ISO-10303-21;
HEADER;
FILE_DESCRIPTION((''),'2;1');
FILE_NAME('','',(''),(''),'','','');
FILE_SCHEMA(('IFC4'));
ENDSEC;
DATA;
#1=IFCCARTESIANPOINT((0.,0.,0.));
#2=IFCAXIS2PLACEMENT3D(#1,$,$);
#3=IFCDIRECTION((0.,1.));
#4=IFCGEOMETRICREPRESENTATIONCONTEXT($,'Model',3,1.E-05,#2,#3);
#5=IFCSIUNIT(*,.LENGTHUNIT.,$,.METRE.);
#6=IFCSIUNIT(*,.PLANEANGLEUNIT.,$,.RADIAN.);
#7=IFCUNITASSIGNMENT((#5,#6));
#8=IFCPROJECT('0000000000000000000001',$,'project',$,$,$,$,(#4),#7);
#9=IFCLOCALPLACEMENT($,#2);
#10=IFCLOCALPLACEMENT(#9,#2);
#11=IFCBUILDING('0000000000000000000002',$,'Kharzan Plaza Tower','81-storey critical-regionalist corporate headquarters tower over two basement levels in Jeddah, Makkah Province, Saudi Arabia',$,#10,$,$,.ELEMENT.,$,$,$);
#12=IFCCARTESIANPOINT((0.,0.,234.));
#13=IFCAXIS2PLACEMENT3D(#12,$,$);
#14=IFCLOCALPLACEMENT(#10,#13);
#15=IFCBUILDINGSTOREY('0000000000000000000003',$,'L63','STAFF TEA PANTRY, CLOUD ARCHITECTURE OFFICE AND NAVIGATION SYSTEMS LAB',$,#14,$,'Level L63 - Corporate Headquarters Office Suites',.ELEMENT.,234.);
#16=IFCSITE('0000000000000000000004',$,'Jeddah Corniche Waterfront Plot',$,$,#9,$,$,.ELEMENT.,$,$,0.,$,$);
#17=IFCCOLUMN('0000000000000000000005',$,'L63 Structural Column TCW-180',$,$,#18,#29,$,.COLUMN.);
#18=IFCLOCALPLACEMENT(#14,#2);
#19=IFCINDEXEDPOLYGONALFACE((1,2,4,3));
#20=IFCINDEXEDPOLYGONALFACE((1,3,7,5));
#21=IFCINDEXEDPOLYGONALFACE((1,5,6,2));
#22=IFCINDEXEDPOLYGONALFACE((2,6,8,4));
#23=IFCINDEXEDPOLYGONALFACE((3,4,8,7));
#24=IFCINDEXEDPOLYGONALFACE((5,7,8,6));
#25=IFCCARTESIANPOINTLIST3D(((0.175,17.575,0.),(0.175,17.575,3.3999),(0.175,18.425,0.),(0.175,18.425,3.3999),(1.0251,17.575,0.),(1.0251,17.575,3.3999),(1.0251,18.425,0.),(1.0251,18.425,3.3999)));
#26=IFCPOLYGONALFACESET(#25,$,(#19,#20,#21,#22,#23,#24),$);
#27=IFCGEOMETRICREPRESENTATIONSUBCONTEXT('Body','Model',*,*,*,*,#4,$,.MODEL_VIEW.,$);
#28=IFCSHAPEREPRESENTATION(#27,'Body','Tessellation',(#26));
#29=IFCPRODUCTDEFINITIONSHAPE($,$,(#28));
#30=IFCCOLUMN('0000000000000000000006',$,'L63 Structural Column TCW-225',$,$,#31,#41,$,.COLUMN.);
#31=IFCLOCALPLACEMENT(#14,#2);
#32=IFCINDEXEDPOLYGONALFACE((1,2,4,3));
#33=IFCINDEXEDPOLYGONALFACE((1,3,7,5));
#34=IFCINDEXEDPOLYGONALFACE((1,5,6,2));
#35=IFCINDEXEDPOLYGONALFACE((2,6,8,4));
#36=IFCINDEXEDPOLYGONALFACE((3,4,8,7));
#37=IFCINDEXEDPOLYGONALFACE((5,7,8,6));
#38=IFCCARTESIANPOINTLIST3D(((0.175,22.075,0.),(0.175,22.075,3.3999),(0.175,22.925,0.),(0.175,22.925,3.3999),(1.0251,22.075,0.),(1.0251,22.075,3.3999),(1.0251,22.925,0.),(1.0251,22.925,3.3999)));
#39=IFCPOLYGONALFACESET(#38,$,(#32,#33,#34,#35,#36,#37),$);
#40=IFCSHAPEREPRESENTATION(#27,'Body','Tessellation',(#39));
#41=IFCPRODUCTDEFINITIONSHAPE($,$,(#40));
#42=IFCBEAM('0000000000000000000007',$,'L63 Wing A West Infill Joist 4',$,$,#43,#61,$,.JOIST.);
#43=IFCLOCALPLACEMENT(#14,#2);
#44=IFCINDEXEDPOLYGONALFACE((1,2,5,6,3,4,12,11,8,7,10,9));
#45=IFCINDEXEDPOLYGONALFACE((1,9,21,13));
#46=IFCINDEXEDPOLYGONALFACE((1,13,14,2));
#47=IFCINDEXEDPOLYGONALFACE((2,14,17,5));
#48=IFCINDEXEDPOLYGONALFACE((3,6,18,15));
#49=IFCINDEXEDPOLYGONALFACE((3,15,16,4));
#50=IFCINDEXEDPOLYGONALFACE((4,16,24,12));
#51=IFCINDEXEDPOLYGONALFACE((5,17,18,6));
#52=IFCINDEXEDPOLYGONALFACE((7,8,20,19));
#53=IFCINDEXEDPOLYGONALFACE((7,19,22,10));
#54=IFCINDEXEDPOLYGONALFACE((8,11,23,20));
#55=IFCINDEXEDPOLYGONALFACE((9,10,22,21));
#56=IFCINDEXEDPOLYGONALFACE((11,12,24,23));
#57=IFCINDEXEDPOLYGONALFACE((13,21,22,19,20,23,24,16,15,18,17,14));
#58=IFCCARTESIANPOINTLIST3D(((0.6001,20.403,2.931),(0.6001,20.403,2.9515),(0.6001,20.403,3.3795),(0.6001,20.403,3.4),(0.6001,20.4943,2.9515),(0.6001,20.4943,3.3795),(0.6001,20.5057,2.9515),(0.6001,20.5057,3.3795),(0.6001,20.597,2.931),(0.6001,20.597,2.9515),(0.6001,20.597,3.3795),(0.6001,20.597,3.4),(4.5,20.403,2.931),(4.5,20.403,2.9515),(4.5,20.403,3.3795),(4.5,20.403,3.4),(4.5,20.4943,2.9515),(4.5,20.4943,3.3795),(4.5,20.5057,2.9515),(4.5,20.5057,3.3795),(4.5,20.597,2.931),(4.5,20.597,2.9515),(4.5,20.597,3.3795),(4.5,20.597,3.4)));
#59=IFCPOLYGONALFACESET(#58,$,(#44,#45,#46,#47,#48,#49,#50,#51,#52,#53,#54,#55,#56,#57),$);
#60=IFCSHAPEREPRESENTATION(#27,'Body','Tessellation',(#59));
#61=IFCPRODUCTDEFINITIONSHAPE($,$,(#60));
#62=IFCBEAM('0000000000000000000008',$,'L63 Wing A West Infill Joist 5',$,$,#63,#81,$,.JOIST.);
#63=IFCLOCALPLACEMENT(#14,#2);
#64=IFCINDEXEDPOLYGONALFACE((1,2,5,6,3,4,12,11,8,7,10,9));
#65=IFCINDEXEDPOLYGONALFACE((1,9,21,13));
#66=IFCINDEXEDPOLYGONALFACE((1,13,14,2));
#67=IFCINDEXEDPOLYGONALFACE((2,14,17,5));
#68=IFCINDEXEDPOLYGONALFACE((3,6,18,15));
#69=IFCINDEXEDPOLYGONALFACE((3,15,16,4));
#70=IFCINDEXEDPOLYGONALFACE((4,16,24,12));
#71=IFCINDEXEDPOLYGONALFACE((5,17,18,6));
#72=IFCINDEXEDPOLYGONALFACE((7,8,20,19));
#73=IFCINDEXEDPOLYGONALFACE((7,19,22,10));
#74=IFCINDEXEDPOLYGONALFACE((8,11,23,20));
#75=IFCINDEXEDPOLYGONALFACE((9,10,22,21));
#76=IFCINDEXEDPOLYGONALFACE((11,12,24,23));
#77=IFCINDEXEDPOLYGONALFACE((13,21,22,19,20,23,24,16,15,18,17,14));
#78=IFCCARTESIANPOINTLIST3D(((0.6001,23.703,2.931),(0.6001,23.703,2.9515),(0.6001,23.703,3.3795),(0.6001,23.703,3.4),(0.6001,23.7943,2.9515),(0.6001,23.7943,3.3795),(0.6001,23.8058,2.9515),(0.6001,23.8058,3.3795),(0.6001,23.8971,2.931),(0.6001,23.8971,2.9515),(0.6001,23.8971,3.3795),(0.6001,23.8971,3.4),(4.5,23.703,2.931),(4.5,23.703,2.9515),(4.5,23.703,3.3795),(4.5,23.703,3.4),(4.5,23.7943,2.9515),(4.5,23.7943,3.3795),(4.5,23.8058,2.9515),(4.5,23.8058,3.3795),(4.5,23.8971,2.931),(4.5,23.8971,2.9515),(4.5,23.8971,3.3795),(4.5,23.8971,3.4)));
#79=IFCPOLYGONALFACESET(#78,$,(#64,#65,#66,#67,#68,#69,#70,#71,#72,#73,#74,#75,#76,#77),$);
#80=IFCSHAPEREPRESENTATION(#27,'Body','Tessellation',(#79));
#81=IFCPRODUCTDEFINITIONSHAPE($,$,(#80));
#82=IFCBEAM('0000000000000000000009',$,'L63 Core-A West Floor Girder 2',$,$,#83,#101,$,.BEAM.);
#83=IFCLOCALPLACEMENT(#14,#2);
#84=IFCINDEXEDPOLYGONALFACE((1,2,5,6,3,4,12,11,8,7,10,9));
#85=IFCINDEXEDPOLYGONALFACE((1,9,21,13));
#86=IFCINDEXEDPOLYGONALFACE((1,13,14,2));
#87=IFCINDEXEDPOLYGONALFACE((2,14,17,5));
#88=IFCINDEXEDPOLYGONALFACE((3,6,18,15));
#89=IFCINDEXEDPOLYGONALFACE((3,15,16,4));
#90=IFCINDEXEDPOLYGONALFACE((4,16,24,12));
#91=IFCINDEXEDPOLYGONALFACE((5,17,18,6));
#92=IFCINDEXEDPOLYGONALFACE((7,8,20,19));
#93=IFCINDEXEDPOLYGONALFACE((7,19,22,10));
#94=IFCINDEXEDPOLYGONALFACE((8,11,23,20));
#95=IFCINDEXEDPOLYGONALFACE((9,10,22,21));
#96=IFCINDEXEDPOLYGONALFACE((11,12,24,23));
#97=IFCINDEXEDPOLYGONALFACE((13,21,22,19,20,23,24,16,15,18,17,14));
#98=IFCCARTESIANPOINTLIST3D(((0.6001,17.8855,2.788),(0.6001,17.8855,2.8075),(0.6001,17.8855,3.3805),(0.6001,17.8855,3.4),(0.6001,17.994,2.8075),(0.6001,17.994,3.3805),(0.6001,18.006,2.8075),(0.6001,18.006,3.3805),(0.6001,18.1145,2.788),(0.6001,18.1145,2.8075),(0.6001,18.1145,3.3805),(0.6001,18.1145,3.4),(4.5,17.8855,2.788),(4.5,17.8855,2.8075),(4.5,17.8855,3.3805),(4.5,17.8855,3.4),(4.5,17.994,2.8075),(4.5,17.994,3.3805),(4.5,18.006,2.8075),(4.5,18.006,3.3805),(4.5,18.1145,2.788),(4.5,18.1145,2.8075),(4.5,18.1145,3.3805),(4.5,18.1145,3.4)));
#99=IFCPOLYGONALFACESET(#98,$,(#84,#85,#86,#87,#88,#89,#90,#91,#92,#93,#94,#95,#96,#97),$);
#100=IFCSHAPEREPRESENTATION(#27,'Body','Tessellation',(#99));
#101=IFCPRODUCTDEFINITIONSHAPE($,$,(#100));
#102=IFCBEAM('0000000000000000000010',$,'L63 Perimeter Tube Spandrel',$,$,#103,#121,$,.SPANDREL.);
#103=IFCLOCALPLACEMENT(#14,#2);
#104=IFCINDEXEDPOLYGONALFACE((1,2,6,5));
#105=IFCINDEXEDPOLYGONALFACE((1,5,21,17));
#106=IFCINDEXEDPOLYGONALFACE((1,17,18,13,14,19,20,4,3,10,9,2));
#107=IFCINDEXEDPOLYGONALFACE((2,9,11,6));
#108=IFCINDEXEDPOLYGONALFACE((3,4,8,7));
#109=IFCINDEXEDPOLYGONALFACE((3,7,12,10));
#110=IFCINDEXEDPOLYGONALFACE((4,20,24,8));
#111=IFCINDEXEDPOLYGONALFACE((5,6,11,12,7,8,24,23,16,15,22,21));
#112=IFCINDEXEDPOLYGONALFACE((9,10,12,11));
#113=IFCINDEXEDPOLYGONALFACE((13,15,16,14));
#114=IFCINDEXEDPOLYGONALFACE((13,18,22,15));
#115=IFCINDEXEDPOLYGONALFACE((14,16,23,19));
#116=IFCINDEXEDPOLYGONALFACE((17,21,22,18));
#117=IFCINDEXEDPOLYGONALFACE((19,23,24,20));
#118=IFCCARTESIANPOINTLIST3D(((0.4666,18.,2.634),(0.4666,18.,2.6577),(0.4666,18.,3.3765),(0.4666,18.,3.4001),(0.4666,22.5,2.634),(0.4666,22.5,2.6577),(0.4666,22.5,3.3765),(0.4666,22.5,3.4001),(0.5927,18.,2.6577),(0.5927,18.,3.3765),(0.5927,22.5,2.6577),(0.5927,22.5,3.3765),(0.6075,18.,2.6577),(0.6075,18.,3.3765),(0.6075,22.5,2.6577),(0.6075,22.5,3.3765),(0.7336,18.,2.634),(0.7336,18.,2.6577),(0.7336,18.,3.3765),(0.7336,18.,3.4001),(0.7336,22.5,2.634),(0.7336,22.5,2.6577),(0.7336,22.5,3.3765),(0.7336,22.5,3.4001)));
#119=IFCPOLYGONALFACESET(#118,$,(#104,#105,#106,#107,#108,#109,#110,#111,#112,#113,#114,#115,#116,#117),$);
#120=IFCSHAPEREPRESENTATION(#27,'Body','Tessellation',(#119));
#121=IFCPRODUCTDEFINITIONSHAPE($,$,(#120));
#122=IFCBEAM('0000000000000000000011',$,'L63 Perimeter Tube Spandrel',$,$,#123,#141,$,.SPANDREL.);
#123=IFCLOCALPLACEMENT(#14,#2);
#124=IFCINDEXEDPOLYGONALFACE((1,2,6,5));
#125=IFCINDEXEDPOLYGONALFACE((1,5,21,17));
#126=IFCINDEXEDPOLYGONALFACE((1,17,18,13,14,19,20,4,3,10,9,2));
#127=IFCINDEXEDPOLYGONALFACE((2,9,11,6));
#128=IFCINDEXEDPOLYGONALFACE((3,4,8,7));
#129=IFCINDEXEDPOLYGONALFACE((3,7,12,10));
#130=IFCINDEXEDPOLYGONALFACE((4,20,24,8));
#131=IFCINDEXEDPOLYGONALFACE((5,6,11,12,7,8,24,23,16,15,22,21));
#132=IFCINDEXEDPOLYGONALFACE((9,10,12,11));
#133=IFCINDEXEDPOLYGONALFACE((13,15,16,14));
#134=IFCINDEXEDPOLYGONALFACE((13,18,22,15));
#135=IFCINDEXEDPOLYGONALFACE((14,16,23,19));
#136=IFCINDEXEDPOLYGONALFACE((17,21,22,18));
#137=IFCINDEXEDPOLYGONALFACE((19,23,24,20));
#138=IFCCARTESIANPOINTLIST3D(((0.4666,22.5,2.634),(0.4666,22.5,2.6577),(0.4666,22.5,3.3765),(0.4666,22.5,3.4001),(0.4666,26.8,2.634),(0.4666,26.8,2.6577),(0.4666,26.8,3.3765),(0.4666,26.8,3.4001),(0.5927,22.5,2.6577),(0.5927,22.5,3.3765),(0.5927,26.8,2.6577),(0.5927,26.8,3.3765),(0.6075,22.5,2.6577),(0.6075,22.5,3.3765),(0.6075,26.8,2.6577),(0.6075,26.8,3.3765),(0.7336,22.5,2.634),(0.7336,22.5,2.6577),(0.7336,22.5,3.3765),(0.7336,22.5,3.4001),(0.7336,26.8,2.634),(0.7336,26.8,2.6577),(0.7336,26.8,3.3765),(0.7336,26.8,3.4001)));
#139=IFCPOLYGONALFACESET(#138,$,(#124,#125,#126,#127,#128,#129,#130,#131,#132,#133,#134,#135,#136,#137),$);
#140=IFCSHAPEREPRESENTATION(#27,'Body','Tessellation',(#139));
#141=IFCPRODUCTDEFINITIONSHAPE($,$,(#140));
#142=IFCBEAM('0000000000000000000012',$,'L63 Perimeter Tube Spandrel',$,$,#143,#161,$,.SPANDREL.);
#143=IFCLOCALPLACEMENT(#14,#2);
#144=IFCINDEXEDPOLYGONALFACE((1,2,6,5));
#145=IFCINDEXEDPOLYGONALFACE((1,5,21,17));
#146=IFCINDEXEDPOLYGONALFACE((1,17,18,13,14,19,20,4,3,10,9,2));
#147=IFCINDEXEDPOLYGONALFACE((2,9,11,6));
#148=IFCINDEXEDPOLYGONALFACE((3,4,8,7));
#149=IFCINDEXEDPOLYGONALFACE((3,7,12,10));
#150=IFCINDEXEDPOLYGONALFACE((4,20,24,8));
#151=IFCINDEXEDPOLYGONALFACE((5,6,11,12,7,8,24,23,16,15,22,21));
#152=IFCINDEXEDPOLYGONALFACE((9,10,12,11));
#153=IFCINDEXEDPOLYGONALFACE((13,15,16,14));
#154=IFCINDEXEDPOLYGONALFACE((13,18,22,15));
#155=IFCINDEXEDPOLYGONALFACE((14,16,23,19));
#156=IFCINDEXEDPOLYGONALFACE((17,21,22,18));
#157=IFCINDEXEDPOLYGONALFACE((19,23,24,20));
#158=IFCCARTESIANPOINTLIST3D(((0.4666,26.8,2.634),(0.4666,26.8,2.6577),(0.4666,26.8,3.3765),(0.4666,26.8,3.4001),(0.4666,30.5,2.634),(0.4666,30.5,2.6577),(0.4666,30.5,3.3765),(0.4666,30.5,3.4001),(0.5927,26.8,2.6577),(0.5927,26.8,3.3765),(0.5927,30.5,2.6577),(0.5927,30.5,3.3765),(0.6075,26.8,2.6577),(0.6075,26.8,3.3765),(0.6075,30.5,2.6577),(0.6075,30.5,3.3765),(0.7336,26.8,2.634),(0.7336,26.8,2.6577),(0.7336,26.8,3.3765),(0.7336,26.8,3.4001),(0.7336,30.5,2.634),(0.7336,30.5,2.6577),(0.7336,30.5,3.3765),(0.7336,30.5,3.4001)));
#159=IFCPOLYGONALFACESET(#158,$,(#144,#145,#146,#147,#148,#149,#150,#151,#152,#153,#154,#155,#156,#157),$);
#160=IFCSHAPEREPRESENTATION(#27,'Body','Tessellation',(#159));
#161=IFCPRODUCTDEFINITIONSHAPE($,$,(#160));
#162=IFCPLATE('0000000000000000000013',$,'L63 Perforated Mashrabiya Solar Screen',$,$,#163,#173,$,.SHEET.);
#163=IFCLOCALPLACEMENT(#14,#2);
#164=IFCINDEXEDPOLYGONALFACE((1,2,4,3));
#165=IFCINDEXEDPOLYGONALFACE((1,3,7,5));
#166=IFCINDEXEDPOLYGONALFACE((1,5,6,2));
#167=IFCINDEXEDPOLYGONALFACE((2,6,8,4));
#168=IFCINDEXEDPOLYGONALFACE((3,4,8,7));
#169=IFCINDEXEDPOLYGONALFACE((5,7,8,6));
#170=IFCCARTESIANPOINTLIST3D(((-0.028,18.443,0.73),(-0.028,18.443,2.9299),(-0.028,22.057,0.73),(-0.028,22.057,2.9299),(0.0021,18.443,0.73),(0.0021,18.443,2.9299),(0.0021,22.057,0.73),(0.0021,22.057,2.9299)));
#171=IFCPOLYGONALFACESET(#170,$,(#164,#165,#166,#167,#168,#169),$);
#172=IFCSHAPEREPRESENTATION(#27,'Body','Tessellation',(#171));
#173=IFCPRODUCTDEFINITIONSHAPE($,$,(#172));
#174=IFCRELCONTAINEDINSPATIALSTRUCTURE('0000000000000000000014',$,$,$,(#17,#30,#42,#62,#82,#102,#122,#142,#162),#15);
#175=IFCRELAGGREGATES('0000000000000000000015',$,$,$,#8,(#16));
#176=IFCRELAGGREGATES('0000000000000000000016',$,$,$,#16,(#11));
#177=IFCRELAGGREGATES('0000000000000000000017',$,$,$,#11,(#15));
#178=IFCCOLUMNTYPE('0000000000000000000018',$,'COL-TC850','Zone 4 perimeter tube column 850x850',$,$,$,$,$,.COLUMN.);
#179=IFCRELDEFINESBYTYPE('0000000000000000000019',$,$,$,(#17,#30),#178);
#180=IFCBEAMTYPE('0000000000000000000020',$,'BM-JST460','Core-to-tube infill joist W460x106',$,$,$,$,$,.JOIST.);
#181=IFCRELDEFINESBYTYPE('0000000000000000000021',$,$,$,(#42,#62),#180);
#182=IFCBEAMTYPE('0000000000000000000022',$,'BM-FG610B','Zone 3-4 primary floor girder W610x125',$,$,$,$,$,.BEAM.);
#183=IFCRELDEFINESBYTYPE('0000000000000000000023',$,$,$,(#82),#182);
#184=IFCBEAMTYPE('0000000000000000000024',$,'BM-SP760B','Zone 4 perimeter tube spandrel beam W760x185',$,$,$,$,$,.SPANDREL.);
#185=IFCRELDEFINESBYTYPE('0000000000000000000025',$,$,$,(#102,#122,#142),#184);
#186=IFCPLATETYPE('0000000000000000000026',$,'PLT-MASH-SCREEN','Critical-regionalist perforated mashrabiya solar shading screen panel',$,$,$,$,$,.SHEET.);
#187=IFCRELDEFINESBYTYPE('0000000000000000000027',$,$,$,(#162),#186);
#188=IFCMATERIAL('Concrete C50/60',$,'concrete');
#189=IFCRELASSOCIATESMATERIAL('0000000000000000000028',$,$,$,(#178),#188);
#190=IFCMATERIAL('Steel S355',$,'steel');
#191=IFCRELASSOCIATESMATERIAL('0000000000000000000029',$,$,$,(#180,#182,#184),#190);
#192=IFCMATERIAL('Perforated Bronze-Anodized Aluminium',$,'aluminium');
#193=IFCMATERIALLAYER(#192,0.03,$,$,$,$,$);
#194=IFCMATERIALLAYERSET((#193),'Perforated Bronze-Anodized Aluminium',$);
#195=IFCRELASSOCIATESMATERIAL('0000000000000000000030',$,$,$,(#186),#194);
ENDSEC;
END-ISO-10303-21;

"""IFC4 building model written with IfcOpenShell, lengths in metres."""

from ifc_helpers import new_model, si_unit, direction, frame, origin, origin_2d, place, context, subcontext, project, spatial, rectangle, i_section, extrude, source, transform, mapped, material, layer, layer_set, material_profile, profile_set, type_object, element, save


model = new_model("IFC4")

# Units and contexts
model_context = context("Model", 3, precision=1e-05, world=origin(), true_north=direction((0.0, 1.0)))
body_context = subcontext(model_context, "Body", "Model", "MODEL_VIEW")
ifc_project = project(units=[si_unit("LENGTHUNIT", "METRE"), si_unit("PLANEANGLEUNIT", "RADIAN")], contexts=[model_context])

# Site, building, storey
site_placement = place(None, origin())
site = spatial("IfcSite", under=ifc_project, at=site_placement, Name="Jeddah Corniche Waterfront Plot", CompositionType="ELEMENT", RefElevation=0.0)
building_placement = place(site_placement, origin())
building = spatial("IfcBuilding", under=site, at=building_placement, Name="Kharzan Plaza Tower", Description="81-storey critical-regionalist corporate headquarters tower over two basement levels in Jeddah, Makkah Province, Saudi Arabia", CompositionType="ELEMENT")
storey_placement = place(building_placement, frame((0.0, 0.0, 234.0)))
storey = spatial("IfcBuildingStorey", under=building, at=storey_placement, Name="L63", Description="STAFF TEA PANTRY, CLOUD ARCHITECTURE OFFICE AND NAVIGATION SYSTEMS LAB", LongName="Level L63 - Corporate Headquarters Office Suites", CompositionType="ELEMENT", Elevation=234.0)

# Columns
ifc_material_1 = material(Name="Concrete C50/60", Category="concrete")
ifc_material_profile_1 = material_profile(ifc_material_1, rectangle(XDim=0.8501, YDim=0.8501, at=origin_2d()), Name="RC-TC850x850")
ifc_profile_set_1 = profile_set([ifc_material_profile_1], Name="Concrete C50/60")
column_type = type_object("IfcColumnType", Name="COL-TC850", Description="Zone 4 perimeter tube column 850x850", PredefinedType="COLUMN", material=ifc_profile_set_1)
shared_shape_1 = source(origin(), body_context, "Body", "SweptSolid", [
    extrude(rectangle(XDim=0.8501, YDim=0.8501, at=origin_2d()), origin(), (0.0, 0.0, 1.0), 3.3999),
])
for number, where, z_axis, x_axis, name in (
    (1, (0.6001, 18.0, 0.0), (0.0, 0.0, 1.0), (1.0, 0.0, 0.0), "L63 Structural Column TCW-180"),
    (2, (0.6001, 22.5, 0.0), (0.0, 0.0, 1.0), (1.0, 0.0, 0.0), "L63 Structural Column TCW-225"),
):
    element("IfcColumn", number, at=place(storey_placement, frame(where, z_axis=z_axis, x_axis=x_axis)), inside=storey, type_object=column_type, Name=name, PredefinedType="COLUMN", context=body_context, shape_type="MappedRepresentation", body=[
        mapped(shared_shape_1, transform((0.0, 0.0, 0.0), x_axis=(1.0, 0.0, 0.0), y_axis=(0.0, 1.0, 0.0), z_axis=(0.0, 0.0, 1.0))),
    ])

# Beams
ifc_material_2 = material(Name="Steel S355", Category="steel")
ifc_material_profile_2 = material_profile(ifc_material_2, i_section(OverallWidth=0.1941, OverallDepth=0.469, WebThickness=0.0115, FlangeThickness=0.0205, at=origin_2d()), Name="W460x106")
ifc_profile_set_2 = profile_set([ifc_material_profile_2], Name="Steel S355")
beam_type_1 = type_object("IfcBeamType", Name="BM-JST460", Description="Core-to-tube infill joist W460x106", PredefinedType="JOIST", material=ifc_profile_set_2)
shared_shape_2 = source(origin(), body_context, "Body", "SweptSolid", [
    extrude(i_section(OverallWidth=0.1941, OverallDepth=0.469, WebThickness=0.0115, FlangeThickness=0.0205, at=origin_2d()), origin(), (0.0, 0.0, 1.0), 3.8999),
])
for number, where, z_axis, x_axis, name in (
    (3, (0.6001, 20.5, 3.1655), (1.0, 0.0, 0.0), (0.0, 1.0, 0.0), "L63 Wing A West Infill Joist 4"),
    (4, (0.6001, 23.8, 3.1655), (1.0, 0.0, 0.0), (0.0, 1.0, 0.0), "L63 Wing A West Infill Joist 5"),
):
    element("IfcBeam", number, at=place(storey_placement, frame(where, z_axis=z_axis, x_axis=x_axis)), inside=storey, type_object=beam_type_1, Name=name, PredefinedType="JOIST", context=body_context, shape_type="MappedRepresentation", body=[
        mapped(shared_shape_2, transform((0.0, 0.0, 0.0), x_axis=(1.0, 0.0, 0.0), y_axis=(0.0, 1.0, 0.0), z_axis=(0.0, 0.0, 1.0))),
    ])
ifc_material_profile_3 = material_profile(ifc_material_2, i_section(OverallWidth=0.229, OverallDepth=0.6121, WebThickness=0.012, FlangeThickness=0.0195, at=origin_2d()), Name="W610x125")
ifc_profile_set_3 = profile_set([ifc_material_profile_3], Name="Steel S355")
beam_type_2 = type_object("IfcBeamType", Name="BM-FG610B", Description="Zone 3-4 primary floor girder W610x125", PredefinedType="BEAM", material=ifc_profile_set_3)
shared_shape_3 = source(origin(), body_context, "Body", "SweptSolid", [
    extrude(i_section(OverallWidth=0.229, OverallDepth=0.6121, WebThickness=0.012, FlangeThickness=0.0195, at=origin_2d()), origin(), (0.0, 0.0, 1.0), 3.8999),
])
beam_1_placement = place(storey_placement, frame((0.6001, 18.0, 3.094), z_axis=(1.0, 0.0, 0.0), x_axis=(0.0, 1.0, 0.0)))
element("IfcBeam", 5, at=beam_1_placement, inside=storey, type_object=beam_type_2, Name="L63 Core-A West Floor Girder 2", PredefinedType="BEAM", context=body_context, shape_type="MappedRepresentation", body=[
    mapped(shared_shape_3, transform((0.0, 0.0, 0.0), x_axis=(1.0, 0.0, 0.0), y_axis=(0.0, 1.0, 0.0), z_axis=(0.0, 0.0, 1.0))),
])
ifc_material_profile_4 = material_profile(ifc_material_2, i_section(OverallWidth=0.2671, OverallDepth=0.7661, WebThickness=0.0149, FlangeThickness=0.0237, at=origin_2d()), Name="W760x185")
ifc_profile_set_4 = profile_set([ifc_material_profile_4], Name="Steel S355")
beam_type_3 = type_object("IfcBeamType", Name="BM-SP760B", Description="Zone 4 perimeter tube spandrel beam W760x185", PredefinedType="SPANDREL", material=ifc_profile_set_4)
shared_shape_4 = source(origin(), body_context, "Body", "SweptSolid", [
    extrude(i_section(OverallWidth=0.2671, OverallDepth=0.7661, WebThickness=0.0149, FlangeThickness=0.0237, at=origin_2d()), origin(), (0.0, 0.0, 1.0), 4.5),
])
beam_2_placement = place(storey_placement, frame((0.6001, 18.0, 3.0171), z_axis=(0.0, 1.0, 0.0), x_axis=(-1.0, 0.0, 0.0)))
element("IfcBeam", 6, at=beam_2_placement, inside=storey, type_object=beam_type_3, Name="L63 Perimeter Tube Spandrel", PredefinedType="SPANDREL", context=body_context, shape_type="MappedRepresentation", body=[
    mapped(shared_shape_4, transform((0.0, 0.0, 0.0), x_axis=(1.0, 0.0, 0.0), y_axis=(0.0, 1.0, 0.0), z_axis=(0.0, 0.0, 1.0))),
])
shared_shape_5 = source(origin(), body_context, "Body", "SweptSolid", [
    extrude(i_section(OverallWidth=0.2671, OverallDepth=0.7661, WebThickness=0.0149, FlangeThickness=0.0237, at=origin_2d()), origin(), (0.0, 0.0, 1.0), 4.3),
])
beam_3_placement = place(storey_placement, frame((0.6001, 22.5, 3.0171), z_axis=(0.0, 1.0, 0.0), x_axis=(-1.0, 0.0, 0.0)))
element("IfcBeam", 7, at=beam_3_placement, inside=storey, type_object=beam_type_3, Name="L63 Perimeter Tube Spandrel", PredefinedType="SPANDREL", context=body_context, shape_type="MappedRepresentation", body=[
    mapped(shared_shape_5, transform((0.0, 0.0, 0.0), x_axis=(1.0, 0.0, 0.0), y_axis=(0.0, 1.0, 0.0), z_axis=(0.0, 0.0, 1.0))),
])
shared_shape_6 = source(origin(), body_context, "Body", "SweptSolid", [
    extrude(i_section(OverallWidth=0.2671, OverallDepth=0.7661, WebThickness=0.0149, FlangeThickness=0.0237, at=origin_2d()), origin(), (0.0, 0.0, 1.0), 3.7),
])
beam_4_placement = place(storey_placement, frame((0.6001, 26.8, 3.0171), z_axis=(0.0, 1.0, 0.0), x_axis=(-1.0, 0.0, 0.0)))
element("IfcBeam", 8, at=beam_4_placement, inside=storey, type_object=beam_type_3, Name="L63 Perimeter Tube Spandrel", PredefinedType="SPANDREL", context=body_context, shape_type="MappedRepresentation", body=[
    mapped(shared_shape_6, transform((0.0, 0.0, 0.0), x_axis=(1.0, 0.0, 0.0), y_axis=(0.0, 1.0, 0.0), z_axis=(0.0, 0.0, 1.0))),
])

# Plate
ifc_material_3 = material(Name="Perforated Bronze-Anodized Aluminium", Category="aluminium")
ifc_layer_1 = layer(ifc_material_3, 0.03)
ifc_layer_set_1 = layer_set([ifc_layer_1], Name="Perforated Bronze-Anodized Aluminium")
plate_type = type_object("IfcPlateType", Name="PLT-MASH-SCREEN", Description="Critical-regionalist perforated mashrabiya solar shading screen panel", PredefinedType="SHEET", material=ifc_layer_set_1)
shared_shape_7 = source(origin(), body_context, "Body", "SweptSolid", [
    extrude(rectangle(XDim=3.614, YDim=0.03, at=origin_2d()), origin(), (0.0, 0.0, 1.0), 2.2),
])
plate_1_placement = place(storey_placement, frame((-0.0129, 20.25, 0.73), z_axis=(0.0, 0.0, 1.0), x_axis=(0.0, -1.0, 0.0)))
element("IfcPlate", 9, at=plate_1_placement, inside=storey, type_object=plate_type, Name="L63 Perforated Mashrabiya Solar Screen", PredefinedType="SHEET", context=body_context, shape_type="MappedRepresentation", body=[
    mapped(shared_shape_7, transform((0.0, 0.0, 0.0), x_axis=(1.0, 0.0, 0.0), y_axis=(0.0, 1.0, 0.0), z_axis=(0.0, 0.0, 1.0))),
])

save(model, "model.ifc")
